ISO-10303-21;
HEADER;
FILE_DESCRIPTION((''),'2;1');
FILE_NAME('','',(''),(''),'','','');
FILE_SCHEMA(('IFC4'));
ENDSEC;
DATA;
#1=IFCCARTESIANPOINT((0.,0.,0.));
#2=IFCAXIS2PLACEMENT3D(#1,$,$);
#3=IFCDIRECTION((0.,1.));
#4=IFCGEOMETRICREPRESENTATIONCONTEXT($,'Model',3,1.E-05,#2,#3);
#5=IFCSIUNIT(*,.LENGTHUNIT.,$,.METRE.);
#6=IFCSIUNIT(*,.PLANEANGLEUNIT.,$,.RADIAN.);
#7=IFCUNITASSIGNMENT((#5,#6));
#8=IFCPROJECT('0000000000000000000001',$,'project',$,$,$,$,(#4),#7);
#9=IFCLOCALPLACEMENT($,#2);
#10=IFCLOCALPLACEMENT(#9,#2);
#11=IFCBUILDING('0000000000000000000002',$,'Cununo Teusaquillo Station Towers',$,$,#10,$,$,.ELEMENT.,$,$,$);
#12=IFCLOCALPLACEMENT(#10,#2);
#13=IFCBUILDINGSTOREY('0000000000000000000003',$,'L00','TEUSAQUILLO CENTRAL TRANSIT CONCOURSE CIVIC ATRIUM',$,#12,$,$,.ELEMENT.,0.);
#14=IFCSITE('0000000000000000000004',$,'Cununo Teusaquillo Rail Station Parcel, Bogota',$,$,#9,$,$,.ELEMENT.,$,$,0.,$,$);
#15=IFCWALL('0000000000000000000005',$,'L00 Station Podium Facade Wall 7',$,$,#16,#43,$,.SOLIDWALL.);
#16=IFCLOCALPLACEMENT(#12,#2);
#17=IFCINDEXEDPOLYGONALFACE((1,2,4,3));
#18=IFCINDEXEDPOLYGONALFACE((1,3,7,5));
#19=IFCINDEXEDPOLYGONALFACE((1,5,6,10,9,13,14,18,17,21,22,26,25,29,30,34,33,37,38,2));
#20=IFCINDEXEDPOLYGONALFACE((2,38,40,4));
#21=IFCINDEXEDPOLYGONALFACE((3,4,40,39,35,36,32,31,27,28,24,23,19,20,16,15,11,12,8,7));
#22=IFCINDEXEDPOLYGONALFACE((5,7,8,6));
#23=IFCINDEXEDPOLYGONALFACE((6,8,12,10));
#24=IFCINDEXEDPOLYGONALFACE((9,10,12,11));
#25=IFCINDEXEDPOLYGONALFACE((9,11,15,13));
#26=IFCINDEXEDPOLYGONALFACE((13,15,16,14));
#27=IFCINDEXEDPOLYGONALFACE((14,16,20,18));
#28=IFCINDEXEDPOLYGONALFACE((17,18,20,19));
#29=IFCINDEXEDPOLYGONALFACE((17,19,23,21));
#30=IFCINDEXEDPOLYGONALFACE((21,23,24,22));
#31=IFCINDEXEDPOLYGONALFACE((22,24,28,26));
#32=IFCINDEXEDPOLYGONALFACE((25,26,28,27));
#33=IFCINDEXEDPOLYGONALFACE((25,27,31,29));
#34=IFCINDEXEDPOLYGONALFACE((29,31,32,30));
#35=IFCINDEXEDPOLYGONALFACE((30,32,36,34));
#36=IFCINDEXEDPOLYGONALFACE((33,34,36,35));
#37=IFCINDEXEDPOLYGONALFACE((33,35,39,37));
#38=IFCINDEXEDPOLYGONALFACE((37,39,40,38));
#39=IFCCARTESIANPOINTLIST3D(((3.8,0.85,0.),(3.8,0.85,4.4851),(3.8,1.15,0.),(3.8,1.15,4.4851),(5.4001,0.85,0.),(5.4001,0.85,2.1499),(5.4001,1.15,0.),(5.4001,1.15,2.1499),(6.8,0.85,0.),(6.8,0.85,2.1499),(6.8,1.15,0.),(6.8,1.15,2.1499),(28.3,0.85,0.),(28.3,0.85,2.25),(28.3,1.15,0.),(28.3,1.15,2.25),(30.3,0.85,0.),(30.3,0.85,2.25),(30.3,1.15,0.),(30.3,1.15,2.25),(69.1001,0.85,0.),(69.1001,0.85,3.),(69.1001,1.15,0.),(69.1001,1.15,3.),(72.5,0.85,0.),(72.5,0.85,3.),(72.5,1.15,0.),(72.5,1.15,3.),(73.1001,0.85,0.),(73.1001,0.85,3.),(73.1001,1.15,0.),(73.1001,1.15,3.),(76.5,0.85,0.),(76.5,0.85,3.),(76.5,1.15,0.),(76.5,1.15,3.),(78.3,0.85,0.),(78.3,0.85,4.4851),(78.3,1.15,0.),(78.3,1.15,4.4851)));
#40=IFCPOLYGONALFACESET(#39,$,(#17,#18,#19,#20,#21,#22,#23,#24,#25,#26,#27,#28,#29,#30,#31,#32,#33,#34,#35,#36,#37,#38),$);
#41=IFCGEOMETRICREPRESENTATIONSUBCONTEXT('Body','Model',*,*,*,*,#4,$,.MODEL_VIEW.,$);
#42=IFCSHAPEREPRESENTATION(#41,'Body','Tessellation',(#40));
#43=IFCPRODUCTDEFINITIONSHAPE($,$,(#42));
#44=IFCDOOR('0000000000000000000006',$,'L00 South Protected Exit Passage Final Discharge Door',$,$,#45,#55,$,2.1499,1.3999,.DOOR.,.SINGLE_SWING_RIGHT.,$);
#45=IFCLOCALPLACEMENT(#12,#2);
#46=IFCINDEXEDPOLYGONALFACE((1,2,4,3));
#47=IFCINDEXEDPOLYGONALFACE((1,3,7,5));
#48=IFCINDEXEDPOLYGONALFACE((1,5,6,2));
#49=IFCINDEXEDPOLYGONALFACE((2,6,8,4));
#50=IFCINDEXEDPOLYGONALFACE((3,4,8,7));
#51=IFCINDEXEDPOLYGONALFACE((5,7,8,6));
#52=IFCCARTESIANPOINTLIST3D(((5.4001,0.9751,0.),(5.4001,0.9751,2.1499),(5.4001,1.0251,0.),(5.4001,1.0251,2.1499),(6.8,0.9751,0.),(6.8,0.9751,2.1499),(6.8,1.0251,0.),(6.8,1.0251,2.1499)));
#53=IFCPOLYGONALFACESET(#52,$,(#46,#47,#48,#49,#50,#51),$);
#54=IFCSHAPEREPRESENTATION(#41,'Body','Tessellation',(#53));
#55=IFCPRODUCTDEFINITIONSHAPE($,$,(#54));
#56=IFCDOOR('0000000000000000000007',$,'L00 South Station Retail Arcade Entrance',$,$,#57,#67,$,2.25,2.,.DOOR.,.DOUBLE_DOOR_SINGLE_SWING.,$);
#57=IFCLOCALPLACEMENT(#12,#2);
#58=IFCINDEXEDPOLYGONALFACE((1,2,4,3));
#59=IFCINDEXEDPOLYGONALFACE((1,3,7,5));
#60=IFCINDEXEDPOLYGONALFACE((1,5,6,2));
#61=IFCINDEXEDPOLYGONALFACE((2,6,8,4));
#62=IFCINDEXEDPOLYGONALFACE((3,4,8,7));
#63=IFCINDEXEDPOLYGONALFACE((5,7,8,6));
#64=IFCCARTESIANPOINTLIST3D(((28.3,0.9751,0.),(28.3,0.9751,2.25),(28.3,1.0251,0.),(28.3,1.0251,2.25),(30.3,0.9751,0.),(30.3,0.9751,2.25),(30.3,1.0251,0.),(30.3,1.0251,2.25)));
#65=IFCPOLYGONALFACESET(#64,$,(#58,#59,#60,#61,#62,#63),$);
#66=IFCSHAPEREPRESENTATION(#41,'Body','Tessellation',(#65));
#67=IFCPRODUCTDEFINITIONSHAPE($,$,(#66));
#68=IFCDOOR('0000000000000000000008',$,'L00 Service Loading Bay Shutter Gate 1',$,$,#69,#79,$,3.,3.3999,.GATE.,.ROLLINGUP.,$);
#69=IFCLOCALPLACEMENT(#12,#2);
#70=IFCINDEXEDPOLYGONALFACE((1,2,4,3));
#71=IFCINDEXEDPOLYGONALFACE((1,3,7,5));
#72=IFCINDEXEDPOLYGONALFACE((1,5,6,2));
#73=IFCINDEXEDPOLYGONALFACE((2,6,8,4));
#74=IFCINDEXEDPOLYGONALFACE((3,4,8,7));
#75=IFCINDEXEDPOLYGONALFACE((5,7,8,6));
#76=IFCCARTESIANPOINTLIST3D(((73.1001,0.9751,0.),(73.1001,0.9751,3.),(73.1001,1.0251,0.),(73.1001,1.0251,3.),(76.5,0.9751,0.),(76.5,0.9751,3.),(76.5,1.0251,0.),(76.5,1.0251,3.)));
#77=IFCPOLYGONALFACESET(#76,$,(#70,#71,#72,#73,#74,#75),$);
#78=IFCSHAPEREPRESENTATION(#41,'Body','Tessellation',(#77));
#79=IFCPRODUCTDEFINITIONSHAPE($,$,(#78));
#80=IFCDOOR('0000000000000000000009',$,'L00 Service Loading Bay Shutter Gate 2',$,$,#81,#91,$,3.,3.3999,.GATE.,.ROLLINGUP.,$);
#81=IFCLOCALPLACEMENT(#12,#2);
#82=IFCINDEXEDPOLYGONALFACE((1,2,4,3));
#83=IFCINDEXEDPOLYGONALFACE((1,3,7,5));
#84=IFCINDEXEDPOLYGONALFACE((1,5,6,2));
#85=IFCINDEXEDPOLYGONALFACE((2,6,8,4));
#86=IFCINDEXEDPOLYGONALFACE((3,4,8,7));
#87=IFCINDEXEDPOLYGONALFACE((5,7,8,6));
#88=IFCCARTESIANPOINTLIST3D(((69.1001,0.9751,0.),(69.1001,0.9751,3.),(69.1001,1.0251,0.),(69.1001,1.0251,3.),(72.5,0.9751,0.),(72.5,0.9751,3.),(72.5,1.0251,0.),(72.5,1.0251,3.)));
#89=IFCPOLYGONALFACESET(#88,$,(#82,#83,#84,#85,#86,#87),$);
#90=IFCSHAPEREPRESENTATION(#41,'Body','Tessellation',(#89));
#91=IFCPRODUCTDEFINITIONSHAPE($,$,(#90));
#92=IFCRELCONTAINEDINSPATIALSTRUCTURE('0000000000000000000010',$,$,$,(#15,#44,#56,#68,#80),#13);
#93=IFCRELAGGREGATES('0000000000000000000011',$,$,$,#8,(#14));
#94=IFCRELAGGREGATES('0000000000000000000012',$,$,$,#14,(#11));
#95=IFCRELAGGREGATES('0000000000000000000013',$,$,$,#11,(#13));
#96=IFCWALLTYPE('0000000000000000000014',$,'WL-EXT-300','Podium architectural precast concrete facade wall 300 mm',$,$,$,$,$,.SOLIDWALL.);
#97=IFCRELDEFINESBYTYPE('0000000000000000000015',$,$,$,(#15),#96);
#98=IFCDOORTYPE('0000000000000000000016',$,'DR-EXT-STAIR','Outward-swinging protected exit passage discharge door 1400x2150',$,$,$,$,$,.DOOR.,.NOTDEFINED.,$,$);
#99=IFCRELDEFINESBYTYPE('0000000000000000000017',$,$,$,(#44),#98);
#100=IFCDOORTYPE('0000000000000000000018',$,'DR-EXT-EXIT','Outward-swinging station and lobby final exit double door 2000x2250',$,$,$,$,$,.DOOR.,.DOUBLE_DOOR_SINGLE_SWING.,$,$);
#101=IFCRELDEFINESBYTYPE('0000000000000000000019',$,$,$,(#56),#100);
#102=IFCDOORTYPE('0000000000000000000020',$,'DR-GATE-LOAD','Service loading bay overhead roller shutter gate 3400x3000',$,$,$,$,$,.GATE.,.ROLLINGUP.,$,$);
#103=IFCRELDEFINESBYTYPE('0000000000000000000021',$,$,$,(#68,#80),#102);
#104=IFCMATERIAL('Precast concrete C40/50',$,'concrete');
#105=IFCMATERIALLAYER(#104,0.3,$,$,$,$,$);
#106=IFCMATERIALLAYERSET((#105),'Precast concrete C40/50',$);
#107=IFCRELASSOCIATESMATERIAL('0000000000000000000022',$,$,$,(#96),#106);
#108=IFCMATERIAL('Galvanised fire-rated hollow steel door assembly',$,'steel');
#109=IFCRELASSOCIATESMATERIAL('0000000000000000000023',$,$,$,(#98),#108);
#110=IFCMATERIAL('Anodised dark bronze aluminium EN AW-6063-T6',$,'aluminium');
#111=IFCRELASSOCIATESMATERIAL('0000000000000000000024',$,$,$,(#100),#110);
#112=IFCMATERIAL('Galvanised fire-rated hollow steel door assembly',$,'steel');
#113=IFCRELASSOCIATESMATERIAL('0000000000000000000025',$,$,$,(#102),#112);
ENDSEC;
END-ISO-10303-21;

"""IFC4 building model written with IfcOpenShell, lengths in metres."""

from ifc_helpers import new_model, si_unit, direction, frame, frame_2d, origin, place, context, subcontext, project, spatial, rectangle, extrude, source, transform, mapped, material, layer, layer_set, type_object, element, fill, save


model = new_model("IFC4")

# Units and contexts
model_context = context("Model", 3, precision=1e-05, world=origin(), true_north=direction((0.0, 1.0)))
body_context = subcontext(model_context, "Body", "Model", "MODEL_VIEW")
ifc_project = project(units=[si_unit("LENGTHUNIT", "METRE"), si_unit("PLANEANGLEUNIT", "RADIAN")], contexts=[model_context])

# Site, building, storey
site_placement = place(None, origin())
site = spatial("IfcSite", under=ifc_project, at=site_placement, Name="Cununo Teusaquillo Rail Station Parcel, Bogota", CompositionType="ELEMENT", RefElevation=0.0)
building_placement = place(site_placement, origin())
building = spatial("IfcBuilding", under=site, at=building_placement, Name="Cununo Teusaquillo Station Towers", CompositionType="ELEMENT")
storey_placement = place(building_placement, origin())
storey = spatial("IfcBuildingStorey", under=building, at=storey_placement, Name="L00", Description="TEUSAQUILLO CENTRAL TRANSIT CONCOURSE CIVIC ATRIUM", CompositionType="ELEMENT", Elevation=0.0)

# Shared definitions
ifc_material_1 = material(Name="Precast concrete C40/50", Category="concrete")
ifc_layer_1 = layer(ifc_material_1, 0.3)
ifc_layer_set_1 = layer_set([ifc_layer_1], Name="Precast concrete C40/50")
wall_type_1 = type_object("IfcWallType", Name="WL-EXT-300", Description="Podium architectural precast concrete facade wall 300 mm", PredefinedType="SOLIDWALL", material=ifc_layer_set_1)

# Wall, openings, doors
wall_1_placement = place(storey_placement, frame((78.3, 1.0, 0.0), z_axis=(0.0, 0.0, 1.0), x_axis=(-1.0, 0.0, 0.0)))
wall_1 = element("IfcWall", 1, at=wall_1_placement, inside=storey, type_object=wall_type_1, Name="L00 Station Podium Facade Wall 7", PredefinedType="SOLIDWALL", context=body_context, shape_type="SweptSolid", body=[
    extrude(rectangle(XDim=74.5, YDim=0.3, at=frame_2d((37.25, 0.0))), origin(), (0.0, 0.0, 1.0), 4.4851),
])
shared_shape_1 = source(origin(), body_context, "Body", "SweptSolid", [
    extrude(rectangle(XDim=3.3999, YDim=3.0, at=frame_2d((1.7, 1.5))), frame((0.0, 0.1599, 0.0), z_axis=(0.0, -1.0, 0.0), x_axis=(1.0, 0.0, 0.0)), (0.0, 0.0, 1.0), 0.3201),
])
opening_1_placement = place(wall_1_placement, frame((1.8, 0.0, 0.0)))
opening_1 = element("IfcOpeningElement", 2, at=opening_1_placement, cuts=wall_1, PredefinedType="OPENING", context=body_context, shape_type="MappedRepresentation", body=[
    mapped(shared_shape_1, transform((0.0, 0.0, 0.0), x_axis=(1.0, 0.0, 0.0), y_axis=(0.0, 1.0, 0.0), z_axis=(0.0, 0.0, 1.0), scale=1.0)),
])
opening_2_placement = place(wall_1_placement, frame((5.8, 0.0, 0.0)))
opening_2 = element("IfcOpeningElement", 3, at=opening_2_placement, cuts=wall_1, PredefinedType="OPENING", context=body_context, shape_type="MappedRepresentation", body=[
    mapped(shared_shape_1, transform((0.0, 0.0, 0.0), x_axis=(1.0, 0.0, 0.0), y_axis=(0.0, 1.0, 0.0), z_axis=(0.0, 0.0, 1.0), scale=1.0)),
])
shared_shape_2 = source(origin(), body_context, "Body", "SweptSolid", [
    extrude(rectangle(XDim=2.0, YDim=2.25, at=frame_2d((1.0, 1.125))), frame((0.0, 0.1599, 0.0), z_axis=(0.0, -1.0, 0.0), x_axis=(1.0, 0.0, 0.0)), (0.0, 0.0, 1.0), 0.3201),
])
opening_3_placement = place(wall_1_placement, frame((48.0, 0.0, 0.0)))
opening_3 = element("IfcOpeningElement", 4, at=opening_3_placement, cuts=wall_1, PredefinedType="OPENING", context=body_context, shape_type="MappedRepresentation", body=[
    mapped(shared_shape_2, transform((0.0, 0.0, 0.0), x_axis=(1.0, 0.0, 0.0), y_axis=(0.0, 1.0, 0.0), z_axis=(0.0, 0.0, 1.0), scale=1.0)),
])
shared_shape_3 = source(origin(), body_context, "Body", "SweptSolid", [
    extrude(rectangle(XDim=1.3999, YDim=2.1499, at=frame_2d((0.7, 1.075))), frame((0.0, 0.1599, 0.0), z_axis=(0.0, -1.0, 0.0), x_axis=(1.0, 0.0, 0.0)), (0.0, 0.0, 1.0), 0.3201),
])
opening_4_placement = place(wall_1_placement, frame((71.5, 0.0, 0.0)))
opening_4 = element("IfcOpeningElement", 5, at=opening_4_placement, cuts=wall_1, PredefinedType="OPENING", context=body_context, shape_type="MappedRepresentation", body=[
    mapped(shared_shape_3, transform((0.0, 0.0, 0.0), x_axis=(1.0, 0.0, 0.0), y_axis=(0.0, 1.0, 0.0), z_axis=(0.0, 0.0, 1.0), scale=1.0)),
])
ifc_material_2 = material(Name="Galvanised fire-rated hollow steel door assembly", Category="steel")
door_type_1 = type_object("IfcDoorType", Name="DR-EXT-STAIR", Description="Outward-swinging protected exit passage discharge door 1400x2150", OperationType="NOTDEFINED", PredefinedType="DOOR", material=ifc_material_2)
shared_shape_4 = source(origin(), body_context, "Body", "SweptSolid", [
    extrude(rectangle(XDim=1.3999, YDim=2.1499, at=frame_2d((0.7, 1.075))), frame((0.0, 0.0249, 0.0), z_axis=(0.0, -1.0, 0.0), x_axis=(1.0, 0.0, 0.0)), (0.0, 0.0, 1.0), 0.05),
])
door_1_placement = place(opening_4_placement, origin())
door_1 = element("IfcDoor", 6, at=door_1_placement, inside=storey, type_object=door_type_1, Name="L00 South Protected Exit Passage Final Discharge Door", OperationType="SINGLE_SWING_RIGHT", OverallHeight=2.1499, OverallWidth=1.3999, PredefinedType="DOOR", context=body_context, shape_type="MappedRepresentation", body=[
    mapped(shared_shape_4, transform((0.0, 0.0, 0.0), x_axis=(1.0, 0.0, 0.0), y_axis=(0.0, 1.0, 0.0), z_axis=(0.0, 0.0, 1.0), scale=1.0)),
])
fill(opening_4, door_1)
ifc_material_3 = material(Name="Anodised dark bronze aluminium EN AW-6063-T6", Category="aluminium")
door_type_2 = type_object("IfcDoorType", Name="DR-EXT-EXIT", Description="Outward-swinging station and lobby final exit double door 2000x2250", OperationType="DOUBLE_DOOR_SINGLE_SWING", PredefinedType="DOOR", material=ifc_material_3)
shared_shape_5 = source(origin(), body_context, "Body", "SweptSolid", [
    extrude(rectangle(XDim=2.0, YDim=2.25, at=frame_2d((1.0, 1.125))), frame((0.0, 0.0249, 0.0), z_axis=(0.0, -1.0, 0.0), x_axis=(1.0, 0.0, 0.0)), (0.0, 0.0, 1.0), 0.05),
])
door_2_placement = place(opening_3_placement, origin())
door_2 = element("IfcDoor", 7, at=door_2_placement, inside=storey, type_object=door_type_2, Name="L00 South Station Retail Arcade Entrance", OperationType="DOUBLE_DOOR_SINGLE_SWING", OverallHeight=2.25, OverallWidth=2.0, PredefinedType="DOOR", context=body_context, shape_type="MappedRepresentation", body=[
    mapped(shared_shape_5, transform((0.0, 0.0, 0.0), x_axis=(1.0, 0.0, 0.0), y_axis=(0.0, 1.0, 0.0), z_axis=(0.0, 0.0, 1.0), scale=1.0)),
])
fill(opening_3, door_2)
ifc_material_4 = material(Name="Galvanised fire-rated hollow steel door assembly", Category="steel")
door_type_3 = type_object("IfcDoorType", Name="DR-GATE-LOAD", Description="Service loading bay overhead roller shutter gate 3400x3000", OperationType="ROLLINGUP", PredefinedType="GATE", material=ifc_material_4)
shared_shape_6 = source(origin(), body_context, "Body", "SweptSolid", [
    extrude(rectangle(XDim=3.3999, YDim=3.0, at=frame_2d((1.7, 1.5))), frame((0.0, 0.0249, 0.0), z_axis=(0.0, -1.0, 0.0), x_axis=(1.0, 0.0, 0.0)), (0.0, 0.0, 1.0), 0.05),
])
door_3_placement = place(opening_1_placement, origin())
door_3 = element("IfcDoor", 8, at=door_3_placement, inside=storey, type_object=door_type_3, Name="L00 Service Loading Bay Shutter Gate 1", OperationType="ROLLINGUP", OverallHeight=3.0, OverallWidth=3.3999, PredefinedType="GATE", context=body_context, shape_type="MappedRepresentation", body=[
    mapped(shared_shape_6, transform((0.0, 0.0, 0.0), x_axis=(1.0, 0.0, 0.0), y_axis=(0.0, 1.0, 0.0), z_axis=(0.0, 0.0, 1.0), scale=1.0)),
])
fill(opening_1, door_3)
door_4_placement = place(opening_2_placement, origin())
door_4 = element("IfcDoor", 9, at=door_4_placement, inside=storey, type_object=door_type_3, Name="L00 Service Loading Bay Shutter Gate 2", OperationType="ROLLINGUP", OverallHeight=3.0, OverallWidth=3.3999, PredefinedType="GATE", context=body_context, shape_type="MappedRepresentation", body=[
    mapped(shared_shape_6, transform((0.0, 0.0, 0.0), x_axis=(1.0, 0.0, 0.0), y_axis=(0.0, 1.0, 0.0), z_axis=(0.0, 0.0, 1.0), scale=1.0)),
])
fill(opening_2, door_4)

save(model, "model.ifc")
